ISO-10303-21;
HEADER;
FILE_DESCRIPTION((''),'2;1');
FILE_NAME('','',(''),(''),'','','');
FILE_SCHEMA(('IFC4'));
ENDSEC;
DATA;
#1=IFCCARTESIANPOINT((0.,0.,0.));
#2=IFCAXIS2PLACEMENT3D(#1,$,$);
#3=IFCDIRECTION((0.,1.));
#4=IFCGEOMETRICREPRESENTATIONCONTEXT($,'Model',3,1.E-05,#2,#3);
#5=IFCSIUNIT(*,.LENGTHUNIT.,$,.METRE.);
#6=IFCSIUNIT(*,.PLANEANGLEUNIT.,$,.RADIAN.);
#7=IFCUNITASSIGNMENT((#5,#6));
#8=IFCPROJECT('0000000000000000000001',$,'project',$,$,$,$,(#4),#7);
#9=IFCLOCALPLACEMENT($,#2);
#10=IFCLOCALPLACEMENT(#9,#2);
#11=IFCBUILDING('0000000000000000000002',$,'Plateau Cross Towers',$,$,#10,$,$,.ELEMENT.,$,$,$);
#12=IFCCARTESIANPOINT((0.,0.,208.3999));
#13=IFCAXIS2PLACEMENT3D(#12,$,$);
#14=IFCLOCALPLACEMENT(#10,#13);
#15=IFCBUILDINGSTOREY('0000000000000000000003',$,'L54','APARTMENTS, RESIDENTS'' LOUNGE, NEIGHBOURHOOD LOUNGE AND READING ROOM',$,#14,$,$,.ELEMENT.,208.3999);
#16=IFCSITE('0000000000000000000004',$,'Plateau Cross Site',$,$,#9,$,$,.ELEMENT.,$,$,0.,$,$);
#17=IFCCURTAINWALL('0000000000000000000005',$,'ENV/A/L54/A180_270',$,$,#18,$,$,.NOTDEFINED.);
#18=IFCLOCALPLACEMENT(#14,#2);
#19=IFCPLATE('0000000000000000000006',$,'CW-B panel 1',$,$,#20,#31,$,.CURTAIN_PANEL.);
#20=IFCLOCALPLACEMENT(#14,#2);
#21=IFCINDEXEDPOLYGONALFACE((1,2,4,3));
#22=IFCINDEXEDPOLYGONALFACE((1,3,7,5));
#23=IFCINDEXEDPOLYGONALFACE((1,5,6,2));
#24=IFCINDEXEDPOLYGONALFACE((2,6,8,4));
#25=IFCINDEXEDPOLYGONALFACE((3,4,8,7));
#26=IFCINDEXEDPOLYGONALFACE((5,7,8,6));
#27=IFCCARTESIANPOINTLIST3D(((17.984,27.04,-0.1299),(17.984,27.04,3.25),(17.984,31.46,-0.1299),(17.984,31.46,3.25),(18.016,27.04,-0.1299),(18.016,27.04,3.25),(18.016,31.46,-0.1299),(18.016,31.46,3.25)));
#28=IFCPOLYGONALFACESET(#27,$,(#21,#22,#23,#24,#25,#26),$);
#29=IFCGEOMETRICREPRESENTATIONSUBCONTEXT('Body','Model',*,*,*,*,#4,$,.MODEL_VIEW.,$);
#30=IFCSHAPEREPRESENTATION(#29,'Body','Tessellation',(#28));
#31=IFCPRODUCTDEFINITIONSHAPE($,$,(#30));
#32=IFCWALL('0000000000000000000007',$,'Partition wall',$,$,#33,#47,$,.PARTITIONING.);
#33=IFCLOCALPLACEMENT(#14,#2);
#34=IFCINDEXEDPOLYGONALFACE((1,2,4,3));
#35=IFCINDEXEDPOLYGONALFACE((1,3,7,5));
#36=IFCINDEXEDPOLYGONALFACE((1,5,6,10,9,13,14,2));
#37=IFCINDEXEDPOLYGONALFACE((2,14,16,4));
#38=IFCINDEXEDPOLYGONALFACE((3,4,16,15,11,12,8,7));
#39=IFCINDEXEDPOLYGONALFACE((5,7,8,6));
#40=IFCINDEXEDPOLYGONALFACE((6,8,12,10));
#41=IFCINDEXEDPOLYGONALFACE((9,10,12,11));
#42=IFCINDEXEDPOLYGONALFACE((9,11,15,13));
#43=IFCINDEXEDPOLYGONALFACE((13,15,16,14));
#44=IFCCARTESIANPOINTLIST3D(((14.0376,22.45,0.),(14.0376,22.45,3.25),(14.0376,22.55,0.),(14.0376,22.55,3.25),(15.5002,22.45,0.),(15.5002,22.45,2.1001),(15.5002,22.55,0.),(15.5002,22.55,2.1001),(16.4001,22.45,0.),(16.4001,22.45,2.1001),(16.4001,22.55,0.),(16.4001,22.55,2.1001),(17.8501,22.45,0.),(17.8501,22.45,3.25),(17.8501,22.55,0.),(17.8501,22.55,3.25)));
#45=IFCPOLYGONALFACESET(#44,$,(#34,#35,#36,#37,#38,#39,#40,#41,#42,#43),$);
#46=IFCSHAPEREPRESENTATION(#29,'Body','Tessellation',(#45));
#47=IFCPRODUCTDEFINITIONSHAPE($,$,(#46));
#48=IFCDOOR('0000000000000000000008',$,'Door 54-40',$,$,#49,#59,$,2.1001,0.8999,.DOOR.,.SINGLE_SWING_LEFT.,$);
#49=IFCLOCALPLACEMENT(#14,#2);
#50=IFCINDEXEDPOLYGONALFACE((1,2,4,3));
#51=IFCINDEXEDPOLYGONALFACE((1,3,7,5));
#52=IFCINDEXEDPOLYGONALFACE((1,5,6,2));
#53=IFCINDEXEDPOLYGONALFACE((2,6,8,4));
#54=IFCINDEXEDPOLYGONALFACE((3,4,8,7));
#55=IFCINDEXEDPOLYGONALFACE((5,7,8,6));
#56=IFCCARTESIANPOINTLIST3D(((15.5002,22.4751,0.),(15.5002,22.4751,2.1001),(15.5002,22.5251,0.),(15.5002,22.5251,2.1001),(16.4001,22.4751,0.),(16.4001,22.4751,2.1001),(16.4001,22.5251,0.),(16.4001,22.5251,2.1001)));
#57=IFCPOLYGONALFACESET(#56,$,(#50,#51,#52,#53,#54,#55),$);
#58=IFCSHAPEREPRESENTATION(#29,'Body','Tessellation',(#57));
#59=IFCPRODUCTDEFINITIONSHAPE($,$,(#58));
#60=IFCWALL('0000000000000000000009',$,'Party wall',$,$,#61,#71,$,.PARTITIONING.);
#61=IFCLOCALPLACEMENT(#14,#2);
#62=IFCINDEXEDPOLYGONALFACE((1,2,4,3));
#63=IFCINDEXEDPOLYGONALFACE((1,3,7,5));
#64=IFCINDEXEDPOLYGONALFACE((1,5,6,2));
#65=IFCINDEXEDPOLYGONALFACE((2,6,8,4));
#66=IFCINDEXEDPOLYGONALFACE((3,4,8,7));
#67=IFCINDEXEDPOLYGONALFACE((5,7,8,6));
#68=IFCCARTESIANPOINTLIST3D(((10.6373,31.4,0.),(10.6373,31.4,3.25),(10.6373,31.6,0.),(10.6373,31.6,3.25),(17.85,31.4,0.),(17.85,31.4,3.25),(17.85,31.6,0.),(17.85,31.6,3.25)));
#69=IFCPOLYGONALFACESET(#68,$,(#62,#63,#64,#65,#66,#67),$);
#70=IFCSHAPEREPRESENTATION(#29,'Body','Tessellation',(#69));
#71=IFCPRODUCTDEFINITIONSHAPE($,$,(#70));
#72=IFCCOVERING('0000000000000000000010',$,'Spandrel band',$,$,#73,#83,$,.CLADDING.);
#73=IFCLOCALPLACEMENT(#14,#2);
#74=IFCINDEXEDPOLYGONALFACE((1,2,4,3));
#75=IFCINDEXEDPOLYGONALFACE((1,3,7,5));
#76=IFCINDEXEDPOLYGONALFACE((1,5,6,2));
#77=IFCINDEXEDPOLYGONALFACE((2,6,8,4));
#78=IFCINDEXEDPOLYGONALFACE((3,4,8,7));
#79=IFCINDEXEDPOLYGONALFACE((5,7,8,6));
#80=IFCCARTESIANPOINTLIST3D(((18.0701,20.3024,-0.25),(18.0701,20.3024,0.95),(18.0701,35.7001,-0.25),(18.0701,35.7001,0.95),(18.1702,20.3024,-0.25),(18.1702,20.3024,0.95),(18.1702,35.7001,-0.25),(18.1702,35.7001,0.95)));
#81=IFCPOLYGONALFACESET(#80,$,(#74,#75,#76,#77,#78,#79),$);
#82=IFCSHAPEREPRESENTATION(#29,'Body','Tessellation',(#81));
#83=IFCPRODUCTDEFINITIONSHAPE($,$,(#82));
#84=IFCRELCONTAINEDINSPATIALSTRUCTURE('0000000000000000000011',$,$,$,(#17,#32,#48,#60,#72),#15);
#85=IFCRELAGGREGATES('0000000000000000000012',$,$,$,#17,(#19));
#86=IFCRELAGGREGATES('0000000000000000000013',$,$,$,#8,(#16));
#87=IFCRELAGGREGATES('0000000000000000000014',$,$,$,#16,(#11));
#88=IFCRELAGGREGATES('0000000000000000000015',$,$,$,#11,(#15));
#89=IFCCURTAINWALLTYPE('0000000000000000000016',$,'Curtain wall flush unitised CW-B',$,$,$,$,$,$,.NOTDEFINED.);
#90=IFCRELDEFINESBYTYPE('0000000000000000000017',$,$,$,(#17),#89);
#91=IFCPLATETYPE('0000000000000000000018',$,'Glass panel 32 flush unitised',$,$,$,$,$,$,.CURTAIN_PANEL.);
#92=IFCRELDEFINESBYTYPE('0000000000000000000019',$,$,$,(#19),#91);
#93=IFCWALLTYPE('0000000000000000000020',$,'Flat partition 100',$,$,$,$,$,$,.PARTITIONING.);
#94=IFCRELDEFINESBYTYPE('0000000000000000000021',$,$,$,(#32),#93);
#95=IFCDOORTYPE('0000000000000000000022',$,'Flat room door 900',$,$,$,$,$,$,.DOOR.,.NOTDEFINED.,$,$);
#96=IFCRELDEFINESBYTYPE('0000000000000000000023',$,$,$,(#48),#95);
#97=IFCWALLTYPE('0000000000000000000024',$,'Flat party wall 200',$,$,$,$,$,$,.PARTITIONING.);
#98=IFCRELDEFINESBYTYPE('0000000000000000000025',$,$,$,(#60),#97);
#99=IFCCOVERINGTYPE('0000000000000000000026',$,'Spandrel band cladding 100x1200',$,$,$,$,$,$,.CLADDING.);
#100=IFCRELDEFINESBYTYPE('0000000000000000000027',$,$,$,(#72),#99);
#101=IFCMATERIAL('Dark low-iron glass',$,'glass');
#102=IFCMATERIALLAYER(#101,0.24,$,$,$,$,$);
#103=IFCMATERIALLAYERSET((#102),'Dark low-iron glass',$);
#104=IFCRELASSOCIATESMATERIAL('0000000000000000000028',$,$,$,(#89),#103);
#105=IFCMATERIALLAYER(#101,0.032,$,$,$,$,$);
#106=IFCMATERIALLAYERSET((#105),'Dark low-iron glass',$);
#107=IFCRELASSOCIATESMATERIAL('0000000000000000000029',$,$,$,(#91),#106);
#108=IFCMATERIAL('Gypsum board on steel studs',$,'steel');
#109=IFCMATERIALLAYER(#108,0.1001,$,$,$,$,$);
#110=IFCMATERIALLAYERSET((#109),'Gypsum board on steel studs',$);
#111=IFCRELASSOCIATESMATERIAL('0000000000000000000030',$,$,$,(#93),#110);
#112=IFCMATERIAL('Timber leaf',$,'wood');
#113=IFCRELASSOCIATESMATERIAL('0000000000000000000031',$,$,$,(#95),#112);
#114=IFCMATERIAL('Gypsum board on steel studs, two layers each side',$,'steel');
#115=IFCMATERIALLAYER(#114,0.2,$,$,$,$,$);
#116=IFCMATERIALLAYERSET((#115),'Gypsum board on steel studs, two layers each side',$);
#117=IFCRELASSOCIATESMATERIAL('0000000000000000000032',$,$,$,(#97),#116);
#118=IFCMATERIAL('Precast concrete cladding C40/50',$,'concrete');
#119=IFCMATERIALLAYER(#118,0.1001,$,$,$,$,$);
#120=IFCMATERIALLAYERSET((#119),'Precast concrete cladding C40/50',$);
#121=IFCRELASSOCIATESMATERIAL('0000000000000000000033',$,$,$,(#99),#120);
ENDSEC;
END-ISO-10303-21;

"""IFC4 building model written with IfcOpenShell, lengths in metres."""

from ifc_helpers import new_model, si_unit, direction, frame, frame_2d, origin, origin_2d, place, context, subcontext, project, spatial, rectangle, extrude, material, layer, layer_set, type_object, element, fill, aggregate, save


model = new_model("IFC4")

# Units and contexts
model_context = context("Model", 3, precision=1e-05, world=origin(), true_north=direction((0.0, 1.0)))
body_context = subcontext(model_context, "Body", "Model", "MODEL_VIEW")
ifc_project = project(units=[si_unit("LENGTHUNIT", "METRE"), si_unit("PLANEANGLEUNIT", "RADIAN")], contexts=[model_context])

# Site, building, storey
site_placement = place(None, origin())
site = spatial("IfcSite", under=ifc_project, at=site_placement, Name="Plateau Cross Site", CompositionType="ELEMENT", RefElevation=0.0)
building_placement = place(site_placement, origin())
building = spatial("IfcBuilding", under=site, at=building_placement, Name="Plateau Cross Towers", CompositionType="ELEMENT")
storey_placement = place(building_placement, frame((0.0, 0.0, 208.3999)))
storey = spatial("IfcBuildingStorey", under=building, at=storey_placement, Name="L54", Description="APARTMENTS, RESIDENTS' LOUNGE, NEIGHBOURHOOD LOUNGE AND READING ROOM", CompositionType="ELEMENT", Elevation=208.3999)

# Shared definitions
ifc_material_1 = material(Name="Dark low-iron glass", Category="glass")
ifc_layer_1 = layer(ifc_material_1, 0.24)
ifc_layer_set_1 = layer_set([ifc_layer_1], Name="Dark low-iron glass")
curtain_wall_type_1 = type_object("IfcCurtainWallType", Name="Curtain wall flush unitised CW-B", PredefinedType="NOTDEFINED", material=ifc_layer_set_1)

# Curtain wall
curtain_wall_1_placement = place(storey_placement, origin())
curtain_wall_1 = element("IfcCurtainWall", 1, at=curtain_wall_1_placement, inside=storey, type_object=curtain_wall_type_1, Name="ENV/A/L54/A180_270", PredefinedType="NOTDEFINED")

# Plate
ifc_layer_2 = layer(ifc_material_1, 0.032)
ifc_layer_set_2 = layer_set([ifc_layer_2], Name="Dark low-iron glass")
plate_type = type_object("IfcPlateType", Name="Glass panel 32 flush unitised", PredefinedType="CURTAIN_PANEL", material=ifc_layer_set_2)
plate_1_placement = place(storey_placement, frame((18.0, 29.25, -0.1299), z_axis=(0.0, 0.0, 1.0), x_axis=(0.0, 1.0, 0.0)))
plate_1 = element("IfcPlate", 2, at=plate_1_placement, type_object=plate_type, Name="CW-B panel 1", PredefinedType="CURTAIN_PANEL", context=body_context, shape_type="SweptSolid", body=[
    extrude(rectangle(XDim=4.4199, YDim=0.032, at=origin_2d()), origin(), (0.0, 0.0, 1.0), 3.3799),
])
aggregate(curtain_wall_1, [plate_1])

# Wall, opening, door
ifc_material_2 = material(Name="Gypsum board on steel studs", Category="steel")
ifc_layer_3 = layer(ifc_material_2, 0.1001)
ifc_layer_set_3 = layer_set([ifc_layer_3], Name="Gypsum board on steel studs")
wall_type_1 = type_object("IfcWallType", Name="Flat partition 100", PredefinedType="PARTITIONING", material=ifc_layer_set_3)
wall_1_placement = place(storey_placement, frame((17.8501, 22.5, 0.0), z_axis=(0.0, 0.0, 1.0), x_axis=(-1.0, 0.0, 0.0)))
wall_1 = element("IfcWall", 3, at=wall_1_placement, inside=storey, type_object=wall_type_1, Name="Partition wall", PredefinedType="PARTITIONING", context=body_context, shape_type="SweptSolid", body=[
    extrude(rectangle(XDim=3.8125, YDim=0.1001, at=frame_2d((1.9062, 0.0))), origin(), (0.0, 0.0, 1.0), 3.25),
])
opening_1_placement = place(wall_1_placement, frame((1.45, 0.0, 0.0)))
opening_1 = element("IfcOpeningElement", 4, at=opening_1_placement, cuts=wall_1, PredefinedType="OPENING", context=body_context, shape_type="SweptSolid", body=[
    extrude(rectangle(XDim=0.8999, YDim=2.1001, at=frame_2d((0.45, 1.05))), frame((0.0, 0.0601, 0.0), z_axis=(0.0, -1.0, 0.0), x_axis=(1.0, 0.0, 0.0)), (0.0, 0.0, 1.0), 0.1201),
])
ifc_material_3 = material(Name="Timber leaf", Category="wood")
door_type_1 = type_object("IfcDoorType", Name="Flat room door 900", OperationType="NOTDEFINED", PredefinedType="DOOR", material=ifc_material_3)
door_1_placement = place(opening_1_placement, origin())
door_1 = element("IfcDoor", 5, at=door_1_placement, inside=storey, type_object=door_type_1, Name="Door 54-40", OperationType="SINGLE_SWING_LEFT", OverallHeight=2.1001, OverallWidth=0.8999, PredefinedType="DOOR", context=body_context, shape_type="SweptSolid", body=[
    extrude(rectangle(XDim=0.8999, YDim=2.1001, at=frame_2d((0.45, 1.05))), frame((0.0, 0.0249, 0.0), z_axis=(0.0, -1.0, 0.0), x_axis=(1.0, 0.0, 0.0)), (0.0, 0.0, 1.0), 0.05),
])
fill(opening_1, door_1)

# Wall
ifc_material_4 = material(Name="Gypsum board on steel studs, two layers each side", Category="steel")
ifc_layer_4 = layer(ifc_material_4, 0.2)
ifc_layer_set_4 = layer_set([ifc_layer_4], Name="Gypsum board on steel studs, two layers each side")
wall_type_2 = type_object("IfcWallType", Name="Flat party wall 200", PredefinedType="PARTITIONING", material=ifc_layer_set_4)
wall_2_placement = place(storey_placement, frame((17.8501, 31.5, 0.0), z_axis=(0.0, 0.0, 1.0), x_axis=(-1.0, 0.0, 0.0)))
element("IfcWall", 6, at=wall_2_placement, inside=storey, type_object=wall_type_2, Name="Party wall", PredefinedType="PARTITIONING", context=body_context, shape_type="SweptSolid", body=[
    extrude(rectangle(XDim=7.2126, YDim=0.2, at=frame_2d((3.6064, 0.0))), origin(), (0.0, 0.0, 1.0), 3.25),
])

# Covering
ifc_material_5 = material(Name="Precast concrete cladding C40/50", Category="concrete")
ifc_layer_5 = layer(ifc_material_5, 0.1001)
ifc_layer_set_5 = layer_set([ifc_layer_5], Name="Precast concrete cladding C40/50")
covering_type = type_object("IfcCoveringType", Name="Spandrel band cladding 100x1200", PredefinedType="CLADDING", material=ifc_layer_set_5)
covering_placement = place(storey_placement, frame((18.1201, 28.0012, -0.25), z_axis=(0.0, 0.0, 1.0), x_axis=(0.0, 1.0, 0.0)))
element("IfcCovering", 7, at=covering_placement, inside=storey, type_object=covering_type, Name="Spandrel band", PredefinedType="CLADDING", context=body_context, shape_type="SweptSolid", body=[
    extrude(rectangle(XDim=15.3977, YDim=0.1001, at=origin_2d()), origin(), (0.0, 0.0, 1.0), 1.2),
])

save(model, "model.ifc")
